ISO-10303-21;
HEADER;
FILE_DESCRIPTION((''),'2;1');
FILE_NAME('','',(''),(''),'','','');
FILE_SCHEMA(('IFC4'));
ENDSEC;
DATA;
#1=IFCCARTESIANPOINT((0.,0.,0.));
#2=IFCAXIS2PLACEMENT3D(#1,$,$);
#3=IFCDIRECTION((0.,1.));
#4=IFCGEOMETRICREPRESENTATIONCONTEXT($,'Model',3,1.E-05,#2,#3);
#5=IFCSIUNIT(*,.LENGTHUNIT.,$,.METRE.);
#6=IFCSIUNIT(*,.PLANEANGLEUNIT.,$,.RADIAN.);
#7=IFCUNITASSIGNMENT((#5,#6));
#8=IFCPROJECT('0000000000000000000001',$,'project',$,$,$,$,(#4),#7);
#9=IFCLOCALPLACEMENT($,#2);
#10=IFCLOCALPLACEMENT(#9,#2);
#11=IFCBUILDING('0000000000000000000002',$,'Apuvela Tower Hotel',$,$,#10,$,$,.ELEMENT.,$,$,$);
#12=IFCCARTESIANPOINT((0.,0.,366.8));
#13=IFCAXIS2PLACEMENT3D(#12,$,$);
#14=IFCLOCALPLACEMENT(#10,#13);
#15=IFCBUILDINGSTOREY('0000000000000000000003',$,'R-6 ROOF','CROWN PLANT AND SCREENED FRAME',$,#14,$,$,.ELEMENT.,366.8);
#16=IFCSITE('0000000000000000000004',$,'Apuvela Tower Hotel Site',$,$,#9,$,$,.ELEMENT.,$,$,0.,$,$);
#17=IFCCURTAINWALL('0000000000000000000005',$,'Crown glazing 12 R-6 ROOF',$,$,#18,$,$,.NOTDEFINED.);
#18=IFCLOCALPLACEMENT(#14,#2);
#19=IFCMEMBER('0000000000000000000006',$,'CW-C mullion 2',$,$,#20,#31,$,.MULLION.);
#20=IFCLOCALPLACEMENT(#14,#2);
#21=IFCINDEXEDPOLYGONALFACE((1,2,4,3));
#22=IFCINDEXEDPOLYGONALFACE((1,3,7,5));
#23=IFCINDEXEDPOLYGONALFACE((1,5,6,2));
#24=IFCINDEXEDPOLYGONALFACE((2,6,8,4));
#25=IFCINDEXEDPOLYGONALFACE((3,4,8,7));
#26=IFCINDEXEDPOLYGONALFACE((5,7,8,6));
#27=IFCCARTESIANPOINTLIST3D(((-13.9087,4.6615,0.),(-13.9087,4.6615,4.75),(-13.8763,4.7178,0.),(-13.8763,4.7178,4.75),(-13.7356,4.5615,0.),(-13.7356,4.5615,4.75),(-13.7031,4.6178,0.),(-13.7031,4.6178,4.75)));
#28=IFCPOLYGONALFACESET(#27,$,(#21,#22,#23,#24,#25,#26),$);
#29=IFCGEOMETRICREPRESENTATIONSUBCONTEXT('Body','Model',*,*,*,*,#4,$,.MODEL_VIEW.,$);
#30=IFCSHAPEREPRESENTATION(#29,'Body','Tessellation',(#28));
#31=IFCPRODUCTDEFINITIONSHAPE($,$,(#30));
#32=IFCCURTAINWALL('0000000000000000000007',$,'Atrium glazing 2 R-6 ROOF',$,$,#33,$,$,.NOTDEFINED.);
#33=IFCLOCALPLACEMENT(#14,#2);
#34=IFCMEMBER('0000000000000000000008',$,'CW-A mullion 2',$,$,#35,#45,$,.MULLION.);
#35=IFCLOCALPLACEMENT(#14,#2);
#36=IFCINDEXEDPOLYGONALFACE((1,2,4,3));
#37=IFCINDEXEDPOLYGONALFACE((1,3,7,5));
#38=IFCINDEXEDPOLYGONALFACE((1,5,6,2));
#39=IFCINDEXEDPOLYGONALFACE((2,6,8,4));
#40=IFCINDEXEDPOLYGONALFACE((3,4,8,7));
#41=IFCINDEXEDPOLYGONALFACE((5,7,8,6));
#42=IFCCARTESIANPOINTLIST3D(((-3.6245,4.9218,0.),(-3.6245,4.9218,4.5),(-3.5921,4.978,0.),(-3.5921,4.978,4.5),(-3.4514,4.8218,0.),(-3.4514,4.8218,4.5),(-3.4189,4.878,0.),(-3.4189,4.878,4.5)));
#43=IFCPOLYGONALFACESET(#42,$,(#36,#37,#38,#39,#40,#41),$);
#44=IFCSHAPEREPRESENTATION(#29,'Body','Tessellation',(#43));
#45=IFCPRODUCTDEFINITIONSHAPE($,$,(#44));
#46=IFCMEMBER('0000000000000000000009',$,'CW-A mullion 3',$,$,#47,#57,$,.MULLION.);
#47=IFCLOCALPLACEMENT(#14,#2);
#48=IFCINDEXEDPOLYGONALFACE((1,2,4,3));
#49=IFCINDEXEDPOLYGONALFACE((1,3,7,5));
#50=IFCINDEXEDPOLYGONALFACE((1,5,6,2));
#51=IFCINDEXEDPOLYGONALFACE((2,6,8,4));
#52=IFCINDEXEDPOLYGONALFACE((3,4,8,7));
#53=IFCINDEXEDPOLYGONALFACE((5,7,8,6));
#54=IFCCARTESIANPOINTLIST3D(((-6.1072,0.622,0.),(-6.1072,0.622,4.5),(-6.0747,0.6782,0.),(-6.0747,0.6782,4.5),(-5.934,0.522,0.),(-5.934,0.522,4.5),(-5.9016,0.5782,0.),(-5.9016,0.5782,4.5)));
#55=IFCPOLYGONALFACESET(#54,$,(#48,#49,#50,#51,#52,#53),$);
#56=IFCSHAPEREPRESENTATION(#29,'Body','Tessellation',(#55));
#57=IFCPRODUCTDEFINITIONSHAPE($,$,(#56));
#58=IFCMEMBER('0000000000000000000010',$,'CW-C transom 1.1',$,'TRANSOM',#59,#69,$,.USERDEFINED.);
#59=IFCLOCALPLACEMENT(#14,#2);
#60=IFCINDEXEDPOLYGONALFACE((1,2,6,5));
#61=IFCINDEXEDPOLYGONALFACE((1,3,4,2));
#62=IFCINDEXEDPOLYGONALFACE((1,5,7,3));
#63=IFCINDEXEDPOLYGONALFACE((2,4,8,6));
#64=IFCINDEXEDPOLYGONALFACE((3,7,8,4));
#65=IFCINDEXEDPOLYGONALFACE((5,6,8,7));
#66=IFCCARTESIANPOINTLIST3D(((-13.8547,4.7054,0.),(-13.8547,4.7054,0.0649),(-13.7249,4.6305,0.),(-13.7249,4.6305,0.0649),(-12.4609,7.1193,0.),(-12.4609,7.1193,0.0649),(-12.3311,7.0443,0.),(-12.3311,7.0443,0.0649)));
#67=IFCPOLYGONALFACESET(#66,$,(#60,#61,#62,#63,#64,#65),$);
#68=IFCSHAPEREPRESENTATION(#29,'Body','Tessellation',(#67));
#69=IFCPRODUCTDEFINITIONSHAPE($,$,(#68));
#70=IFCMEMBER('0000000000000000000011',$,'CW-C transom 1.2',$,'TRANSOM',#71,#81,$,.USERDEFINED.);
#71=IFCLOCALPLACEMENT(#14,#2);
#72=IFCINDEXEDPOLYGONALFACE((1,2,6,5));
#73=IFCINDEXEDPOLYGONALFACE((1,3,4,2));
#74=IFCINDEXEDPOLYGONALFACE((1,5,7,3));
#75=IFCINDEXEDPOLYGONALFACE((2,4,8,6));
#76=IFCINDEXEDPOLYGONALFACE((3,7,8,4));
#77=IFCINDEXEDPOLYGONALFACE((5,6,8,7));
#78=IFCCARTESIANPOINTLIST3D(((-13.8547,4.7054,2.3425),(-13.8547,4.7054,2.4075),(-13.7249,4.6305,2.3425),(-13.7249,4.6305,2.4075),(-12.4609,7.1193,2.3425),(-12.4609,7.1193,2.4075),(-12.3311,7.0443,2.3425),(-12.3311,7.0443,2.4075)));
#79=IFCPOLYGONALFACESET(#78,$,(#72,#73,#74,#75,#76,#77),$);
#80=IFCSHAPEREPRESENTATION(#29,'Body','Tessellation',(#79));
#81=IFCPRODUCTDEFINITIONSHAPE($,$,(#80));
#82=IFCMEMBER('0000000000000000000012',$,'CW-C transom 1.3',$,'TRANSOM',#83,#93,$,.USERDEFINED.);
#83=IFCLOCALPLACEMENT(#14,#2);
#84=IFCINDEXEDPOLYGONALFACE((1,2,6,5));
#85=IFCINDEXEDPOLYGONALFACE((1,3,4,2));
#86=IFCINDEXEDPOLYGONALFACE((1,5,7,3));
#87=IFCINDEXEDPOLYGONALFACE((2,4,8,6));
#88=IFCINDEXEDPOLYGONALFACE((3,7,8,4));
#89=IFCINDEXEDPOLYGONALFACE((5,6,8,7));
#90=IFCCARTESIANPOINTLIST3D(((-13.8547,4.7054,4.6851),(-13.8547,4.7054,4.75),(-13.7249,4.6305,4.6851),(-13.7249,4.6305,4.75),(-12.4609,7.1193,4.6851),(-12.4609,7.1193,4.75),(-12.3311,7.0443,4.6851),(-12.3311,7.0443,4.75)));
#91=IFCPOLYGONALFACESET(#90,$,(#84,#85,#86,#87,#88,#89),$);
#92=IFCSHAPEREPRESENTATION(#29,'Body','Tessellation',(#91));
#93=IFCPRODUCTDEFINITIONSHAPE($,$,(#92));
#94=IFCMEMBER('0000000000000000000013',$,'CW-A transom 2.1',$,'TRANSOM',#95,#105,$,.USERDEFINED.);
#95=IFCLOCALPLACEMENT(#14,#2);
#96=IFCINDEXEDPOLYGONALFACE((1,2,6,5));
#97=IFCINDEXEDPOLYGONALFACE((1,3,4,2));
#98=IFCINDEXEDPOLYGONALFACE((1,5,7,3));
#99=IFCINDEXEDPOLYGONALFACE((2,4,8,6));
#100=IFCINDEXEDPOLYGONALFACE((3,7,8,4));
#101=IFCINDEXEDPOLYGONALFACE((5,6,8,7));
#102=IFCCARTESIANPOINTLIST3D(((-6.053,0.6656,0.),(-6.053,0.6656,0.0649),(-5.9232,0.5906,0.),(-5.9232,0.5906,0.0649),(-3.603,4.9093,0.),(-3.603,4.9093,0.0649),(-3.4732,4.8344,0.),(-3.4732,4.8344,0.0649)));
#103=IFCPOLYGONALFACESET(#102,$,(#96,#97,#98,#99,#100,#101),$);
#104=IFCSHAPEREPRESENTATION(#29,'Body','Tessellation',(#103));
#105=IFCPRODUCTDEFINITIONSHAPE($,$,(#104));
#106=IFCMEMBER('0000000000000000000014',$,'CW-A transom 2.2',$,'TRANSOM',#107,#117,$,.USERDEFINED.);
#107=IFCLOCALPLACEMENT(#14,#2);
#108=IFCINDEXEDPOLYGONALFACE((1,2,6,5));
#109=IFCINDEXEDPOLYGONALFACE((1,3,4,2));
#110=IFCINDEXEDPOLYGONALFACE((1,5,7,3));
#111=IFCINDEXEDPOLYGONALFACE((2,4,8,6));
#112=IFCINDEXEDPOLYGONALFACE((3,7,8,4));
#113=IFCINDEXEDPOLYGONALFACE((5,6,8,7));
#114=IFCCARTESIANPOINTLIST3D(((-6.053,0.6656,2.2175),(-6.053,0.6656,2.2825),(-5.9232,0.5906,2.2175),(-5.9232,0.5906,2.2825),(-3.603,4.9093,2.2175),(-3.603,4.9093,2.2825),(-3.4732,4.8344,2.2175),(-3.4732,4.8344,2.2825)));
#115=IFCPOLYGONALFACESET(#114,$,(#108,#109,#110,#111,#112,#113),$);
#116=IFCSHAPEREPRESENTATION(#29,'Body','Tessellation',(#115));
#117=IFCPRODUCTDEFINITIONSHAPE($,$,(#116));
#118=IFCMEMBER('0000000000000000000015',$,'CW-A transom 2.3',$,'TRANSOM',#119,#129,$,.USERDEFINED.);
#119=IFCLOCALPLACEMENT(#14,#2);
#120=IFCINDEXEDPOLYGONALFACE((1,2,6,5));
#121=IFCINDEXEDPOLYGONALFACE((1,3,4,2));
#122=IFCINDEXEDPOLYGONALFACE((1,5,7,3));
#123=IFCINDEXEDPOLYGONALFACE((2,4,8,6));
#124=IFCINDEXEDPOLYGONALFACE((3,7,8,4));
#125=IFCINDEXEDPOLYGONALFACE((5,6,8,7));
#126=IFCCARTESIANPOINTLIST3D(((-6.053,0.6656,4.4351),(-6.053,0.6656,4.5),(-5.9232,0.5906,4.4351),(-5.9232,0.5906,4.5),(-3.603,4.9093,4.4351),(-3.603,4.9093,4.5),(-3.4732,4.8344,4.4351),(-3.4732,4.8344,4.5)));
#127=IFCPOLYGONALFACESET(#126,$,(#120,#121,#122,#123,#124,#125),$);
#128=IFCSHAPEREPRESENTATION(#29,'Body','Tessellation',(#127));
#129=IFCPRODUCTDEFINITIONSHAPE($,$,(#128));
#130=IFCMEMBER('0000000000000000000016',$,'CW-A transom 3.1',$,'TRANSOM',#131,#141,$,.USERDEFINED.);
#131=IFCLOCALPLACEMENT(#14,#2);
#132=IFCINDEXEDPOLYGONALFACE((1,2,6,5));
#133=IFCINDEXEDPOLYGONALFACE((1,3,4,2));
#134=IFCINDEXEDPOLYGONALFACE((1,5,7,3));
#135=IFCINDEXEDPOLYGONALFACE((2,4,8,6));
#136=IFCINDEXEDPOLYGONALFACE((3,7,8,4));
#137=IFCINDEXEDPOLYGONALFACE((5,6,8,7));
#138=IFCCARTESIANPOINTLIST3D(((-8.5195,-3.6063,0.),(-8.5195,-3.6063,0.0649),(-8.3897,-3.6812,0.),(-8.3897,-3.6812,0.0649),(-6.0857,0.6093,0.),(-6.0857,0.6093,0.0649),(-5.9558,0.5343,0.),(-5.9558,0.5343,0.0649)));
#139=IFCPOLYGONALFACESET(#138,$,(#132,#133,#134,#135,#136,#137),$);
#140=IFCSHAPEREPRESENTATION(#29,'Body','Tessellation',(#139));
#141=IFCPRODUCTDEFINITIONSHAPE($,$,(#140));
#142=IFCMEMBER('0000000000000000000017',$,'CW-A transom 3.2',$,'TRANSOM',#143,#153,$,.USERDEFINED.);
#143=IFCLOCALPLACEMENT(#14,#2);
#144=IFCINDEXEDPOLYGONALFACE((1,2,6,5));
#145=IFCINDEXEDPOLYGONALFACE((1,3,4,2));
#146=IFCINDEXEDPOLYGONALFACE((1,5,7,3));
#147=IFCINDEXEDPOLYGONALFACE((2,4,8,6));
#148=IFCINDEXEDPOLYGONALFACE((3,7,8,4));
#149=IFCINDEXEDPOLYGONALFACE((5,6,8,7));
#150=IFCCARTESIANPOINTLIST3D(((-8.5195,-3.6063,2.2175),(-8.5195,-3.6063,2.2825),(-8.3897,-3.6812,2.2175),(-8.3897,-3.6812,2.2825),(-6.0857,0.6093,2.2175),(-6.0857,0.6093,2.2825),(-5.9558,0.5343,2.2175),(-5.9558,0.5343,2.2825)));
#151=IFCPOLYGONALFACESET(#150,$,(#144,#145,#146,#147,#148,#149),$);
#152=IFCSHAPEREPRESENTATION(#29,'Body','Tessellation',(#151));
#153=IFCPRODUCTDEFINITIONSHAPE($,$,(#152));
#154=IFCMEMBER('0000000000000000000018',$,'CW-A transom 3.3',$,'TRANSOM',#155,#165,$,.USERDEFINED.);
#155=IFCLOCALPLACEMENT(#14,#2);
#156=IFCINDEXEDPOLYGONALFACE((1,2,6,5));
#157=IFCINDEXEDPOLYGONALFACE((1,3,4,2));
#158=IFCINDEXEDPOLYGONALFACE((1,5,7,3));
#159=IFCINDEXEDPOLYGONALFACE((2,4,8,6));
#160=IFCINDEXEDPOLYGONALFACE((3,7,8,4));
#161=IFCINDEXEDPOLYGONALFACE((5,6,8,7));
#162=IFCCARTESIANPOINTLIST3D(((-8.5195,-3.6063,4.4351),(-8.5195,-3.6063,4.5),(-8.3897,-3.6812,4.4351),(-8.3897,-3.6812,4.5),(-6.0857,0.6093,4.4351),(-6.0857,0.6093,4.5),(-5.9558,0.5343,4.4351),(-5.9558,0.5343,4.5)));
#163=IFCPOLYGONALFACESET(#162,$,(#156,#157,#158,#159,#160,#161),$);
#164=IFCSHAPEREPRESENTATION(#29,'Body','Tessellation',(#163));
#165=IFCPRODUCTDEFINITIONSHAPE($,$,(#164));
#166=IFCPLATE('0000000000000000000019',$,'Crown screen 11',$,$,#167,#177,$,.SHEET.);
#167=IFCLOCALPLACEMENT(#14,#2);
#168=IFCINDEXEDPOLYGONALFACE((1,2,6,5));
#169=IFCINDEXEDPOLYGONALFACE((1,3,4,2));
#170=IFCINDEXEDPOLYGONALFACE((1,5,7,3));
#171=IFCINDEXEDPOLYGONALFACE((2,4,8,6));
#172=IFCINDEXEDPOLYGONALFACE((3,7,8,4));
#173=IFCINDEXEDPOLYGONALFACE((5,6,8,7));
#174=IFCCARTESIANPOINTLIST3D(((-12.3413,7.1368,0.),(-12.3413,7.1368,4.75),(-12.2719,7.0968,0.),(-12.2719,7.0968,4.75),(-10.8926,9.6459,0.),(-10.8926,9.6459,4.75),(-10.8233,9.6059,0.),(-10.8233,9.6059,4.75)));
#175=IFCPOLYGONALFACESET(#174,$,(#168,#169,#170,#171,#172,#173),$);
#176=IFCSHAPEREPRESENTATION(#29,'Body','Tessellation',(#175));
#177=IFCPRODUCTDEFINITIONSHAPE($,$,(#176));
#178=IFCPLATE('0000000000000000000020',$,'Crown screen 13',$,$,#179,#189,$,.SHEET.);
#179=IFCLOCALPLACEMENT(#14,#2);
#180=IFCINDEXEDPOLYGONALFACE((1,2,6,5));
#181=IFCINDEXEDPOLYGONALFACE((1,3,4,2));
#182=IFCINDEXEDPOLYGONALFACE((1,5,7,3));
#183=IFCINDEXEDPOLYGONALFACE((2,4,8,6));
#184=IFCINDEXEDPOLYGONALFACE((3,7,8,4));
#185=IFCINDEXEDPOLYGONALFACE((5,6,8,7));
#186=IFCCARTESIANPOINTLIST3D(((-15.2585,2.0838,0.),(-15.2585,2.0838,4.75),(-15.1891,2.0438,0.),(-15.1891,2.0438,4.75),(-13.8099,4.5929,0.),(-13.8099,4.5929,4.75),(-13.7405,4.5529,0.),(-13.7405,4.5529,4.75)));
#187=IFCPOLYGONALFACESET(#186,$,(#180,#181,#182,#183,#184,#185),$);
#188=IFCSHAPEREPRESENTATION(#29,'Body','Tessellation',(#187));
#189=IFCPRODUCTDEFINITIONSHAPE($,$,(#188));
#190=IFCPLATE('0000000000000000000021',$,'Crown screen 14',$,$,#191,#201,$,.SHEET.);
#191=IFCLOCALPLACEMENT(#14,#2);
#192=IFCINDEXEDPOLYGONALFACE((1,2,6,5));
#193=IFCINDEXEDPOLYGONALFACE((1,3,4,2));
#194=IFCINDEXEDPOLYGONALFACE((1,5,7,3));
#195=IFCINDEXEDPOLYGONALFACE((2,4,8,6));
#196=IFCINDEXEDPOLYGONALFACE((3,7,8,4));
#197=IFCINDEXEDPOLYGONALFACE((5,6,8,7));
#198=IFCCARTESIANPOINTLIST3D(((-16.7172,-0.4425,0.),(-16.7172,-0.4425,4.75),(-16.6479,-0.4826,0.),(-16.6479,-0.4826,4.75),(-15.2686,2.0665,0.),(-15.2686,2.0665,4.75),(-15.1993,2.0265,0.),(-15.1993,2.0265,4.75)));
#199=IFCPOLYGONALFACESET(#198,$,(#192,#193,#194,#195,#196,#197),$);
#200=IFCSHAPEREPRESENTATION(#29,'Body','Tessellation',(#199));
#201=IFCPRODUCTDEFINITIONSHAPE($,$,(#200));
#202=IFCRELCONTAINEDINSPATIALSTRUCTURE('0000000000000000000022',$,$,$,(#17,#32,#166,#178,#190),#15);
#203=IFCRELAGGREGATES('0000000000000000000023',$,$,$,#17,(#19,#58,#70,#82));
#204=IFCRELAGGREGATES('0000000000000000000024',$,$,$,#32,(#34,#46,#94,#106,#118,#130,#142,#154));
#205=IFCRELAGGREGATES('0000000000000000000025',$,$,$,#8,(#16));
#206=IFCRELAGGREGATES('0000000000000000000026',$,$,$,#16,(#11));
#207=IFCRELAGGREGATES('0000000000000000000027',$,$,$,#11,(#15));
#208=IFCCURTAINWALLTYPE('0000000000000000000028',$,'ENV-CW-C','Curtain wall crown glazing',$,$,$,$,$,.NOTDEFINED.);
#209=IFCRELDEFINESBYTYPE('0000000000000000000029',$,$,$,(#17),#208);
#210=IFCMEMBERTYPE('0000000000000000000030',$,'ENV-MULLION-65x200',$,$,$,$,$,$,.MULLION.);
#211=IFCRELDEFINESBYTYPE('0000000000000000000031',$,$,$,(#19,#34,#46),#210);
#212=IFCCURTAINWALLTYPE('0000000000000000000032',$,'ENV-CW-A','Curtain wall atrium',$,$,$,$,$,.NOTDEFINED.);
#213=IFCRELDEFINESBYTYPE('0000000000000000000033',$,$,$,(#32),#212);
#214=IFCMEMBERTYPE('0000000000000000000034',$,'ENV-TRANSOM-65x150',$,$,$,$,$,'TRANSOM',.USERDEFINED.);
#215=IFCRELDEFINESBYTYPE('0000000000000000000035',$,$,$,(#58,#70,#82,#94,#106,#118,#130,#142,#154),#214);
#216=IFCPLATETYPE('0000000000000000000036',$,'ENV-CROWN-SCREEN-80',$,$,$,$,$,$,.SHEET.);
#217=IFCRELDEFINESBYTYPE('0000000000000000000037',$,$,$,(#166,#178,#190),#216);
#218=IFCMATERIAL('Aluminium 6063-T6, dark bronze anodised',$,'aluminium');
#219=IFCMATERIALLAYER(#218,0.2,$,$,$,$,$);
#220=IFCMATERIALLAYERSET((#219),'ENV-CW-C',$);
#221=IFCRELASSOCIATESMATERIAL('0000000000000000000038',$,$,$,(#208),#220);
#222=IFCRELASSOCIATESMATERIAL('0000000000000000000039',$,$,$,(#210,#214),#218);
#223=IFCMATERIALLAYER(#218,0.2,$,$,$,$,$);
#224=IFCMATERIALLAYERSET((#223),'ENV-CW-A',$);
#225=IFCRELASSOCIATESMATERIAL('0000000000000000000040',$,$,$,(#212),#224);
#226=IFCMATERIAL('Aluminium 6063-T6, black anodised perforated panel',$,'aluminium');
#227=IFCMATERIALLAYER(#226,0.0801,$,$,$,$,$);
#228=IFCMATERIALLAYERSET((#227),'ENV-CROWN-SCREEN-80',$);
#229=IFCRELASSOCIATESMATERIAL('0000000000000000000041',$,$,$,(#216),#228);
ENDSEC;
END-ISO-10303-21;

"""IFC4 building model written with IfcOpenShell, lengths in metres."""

from ifc_helpers import new_model, si_unit, direction, frame, origin, origin_2d, place, context, subcontext, project, spatial, rectangle, extrude, material, layer, layer_set, material_profile, profile_set, type_object, element, aggregate, save


model = new_model("IFC4")

# Units and contexts
model_context = context("Model", 3, precision=1e-05, world=origin(), true_north=direction((0.0, 1.0)))
body_context = subcontext(model_context, "Body", "Model", "MODEL_VIEW")
ifc_project = project(units=[si_unit("LENGTHUNIT", "METRE"), si_unit("PLANEANGLEUNIT", "RADIAN")], contexts=[model_context])

# Site, building, storey
site_placement = place(None, origin())
site = spatial("IfcSite", under=ifc_project, at=site_placement, Name="Apuvela Tower Hotel Site", CompositionType="ELEMENT", RefElevation=0.0)
building_placement = place(site_placement, origin())
building = spatial("IfcBuilding", under=site, at=building_placement, Name="Apuvela Tower Hotel", CompositionType="ELEMENT")
storey_placement = place(building_placement, frame((0.0, 0.0, 366.8)))
storey = spatial("IfcBuildingStorey", under=building, at=storey_placement, Name="R-6 ROOF", Description="CROWN PLANT AND SCREENED FRAME", CompositionType="ELEMENT", Elevation=366.8)

# Curtain walls, members
ifc_material_1 = material(Name="Aluminium 6063-T6, dark bronze anodised", Category="aluminium")
ifc_layer_1 = layer(ifc_material_1, 0.2)
ifc_layer_set_1 = layer_set([ifc_layer_1], Name="ENV-CW-C")
curtain_wall_type_1 = type_object("IfcCurtainWallType", Name="ENV-CW-C", Description="Curtain wall crown glazing", PredefinedType="NOTDEFINED", material=ifc_layer_set_1)
curtain_wall_1_placement = place(storey_placement, origin())
curtain_wall_1 = element("IfcCurtainWall", 1, at=curtain_wall_1_placement, inside=storey, type_object=curtain_wall_type_1, Name="Crown glazing 12 R-6 ROOF", PredefinedType="NOTDEFINED")
ifc_material_profile_1 = material_profile(ifc_material_1, rectangle(XDim=0.2, YDim=0.0649, at=origin_2d()), Name="AL 65x200")
ifc_profile_set_1 = profile_set([ifc_material_profile_1], Name="Aluminium 6063-T6, dark bronze anodised")
member_type_1 = type_object("IfcMemberType", Name="ENV-MULLION-65x200", PredefinedType="MULLION", material=ifc_profile_set_1)
member_1_placement = place(storey_placement, frame((-13.8059, 4.6396, 0.0), z_axis=(0.0, 0.0, 1.0), x_axis=(0.866037, -0.499981, 0.0)))
member_1 = element("IfcMember", 2, at=member_1_placement, type_object=member_type_1, Name="CW-C mullion 2", PredefinedType="MULLION", context=body_context, shape_type="SweptSolid", body=[
    extrude(rectangle(XDim=0.2, YDim=0.0649, at=origin_2d()), origin(), (0.0, 0.0, 1.0), 4.75),
])
ifc_layer_2 = layer(ifc_material_1, 0.2)
ifc_layer_set_2 = layer_set([ifc_layer_2], Name="ENV-CW-A")
curtain_wall_type_2 = type_object("IfcCurtainWallType", Name="ENV-CW-A", Description="Curtain wall atrium", PredefinedType="NOTDEFINED", material=ifc_layer_set_2)
curtain_wall_2_placement = place(storey_placement, origin())
curtain_wall_2 = element("IfcCurtainWall", 3, at=curtain_wall_2_placement, inside=storey, type_object=curtain_wall_type_2, Name="Atrium glazing 2 R-6 ROOF", PredefinedType="NOTDEFINED")
member_2_placement = place(storey_placement, frame((-3.5217, 4.8999, 0.0), z_axis=(0.0, 0.0, 1.0), x_axis=(0.866026, -0.499999, 0.0)))
member_2 = element("IfcMember", 4, at=member_2_placement, type_object=member_type_1, Name="CW-A mullion 2", PredefinedType="MULLION", context=body_context, shape_type="SweptSolid", body=[
    extrude(rectangle(XDim=0.2, YDim=0.0649, at=origin_2d()), origin(), (0.0, 0.0, 1.0), 4.5),
])
member_3_placement = place(storey_placement, frame((-6.0044, 0.6001, 0.0), z_axis=(0.0, 0.0, 1.0), x_axis=(0.866026, -0.499999, 0.0)))
member_3 = element("IfcMember", 5, at=member_3_placement, type_object=member_type_1, Name="CW-A mullion 3", PredefinedType="MULLION", context=body_context, shape_type="SweptSolid", body=[
    extrude(rectangle(XDim=0.2, YDim=0.0649, at=origin_2d()), origin(), (0.0, 0.0, 1.0), 4.5),
])

# Members
ifc_material_profile_2 = material_profile(ifc_material_1, rectangle(XDim=0.1499, YDim=0.0649, at=origin_2d()), Name="AL 65x150 transom")
ifc_profile_set_2 = profile_set([ifc_material_profile_2], Name="Aluminium 6063-T6, dark bronze anodised")
member_type_2 = type_object("IfcMemberType", Name="ENV-TRANSOM-65x150", ElementType="TRANSOM", PredefinedType="USERDEFINED", material=ifc_profile_set_2)
member_4_placement = place(storey_placement, frame((-12.396, 7.0818, 0.0325), z_axis=(-0.500048, -0.865997, 0.0), x_axis=(0.865997, -0.500048, 0.0)))
member_4 = element("IfcMember", 6, at=member_4_placement, type_object=member_type_2, Name="CW-C transom 1.1", ObjectType="TRANSOM", PredefinedType="USERDEFINED", context=body_context, shape_type="SweptSolid", body=[
    extrude(rectangle(XDim=0.1499, YDim=0.0649, at=origin_2d()), origin(), (0.0, 0.0, 1.0), 2.7874),
])
member_5_placement = place(storey_placement, frame((-12.396, 7.0818, 2.375), z_axis=(-0.500048, -0.865997, 0.0), x_axis=(0.865997, -0.500048, 0.0)))
member_5 = element("IfcMember", 7, at=member_5_placement, type_object=member_type_2, Name="CW-C transom 1.2", ObjectType="TRANSOM", PredefinedType="USERDEFINED", context=body_context, shape_type="SweptSolid", body=[
    extrude(rectangle(XDim=0.1499, YDim=0.0649, at=origin_2d()), origin(), (0.0, 0.0, 1.0), 2.7874),
])
member_6_placement = place(storey_placement, frame((-12.396, 7.0818, 4.7175), z_axis=(-0.500048, -0.865997, 0.0), x_axis=(0.865997, -0.500048, 0.0)))
member_6 = element("IfcMember", 8, at=member_6_placement, type_object=member_type_2, Name="CW-C transom 1.3", ObjectType="TRANSOM", PredefinedType="USERDEFINED", context=body_context, shape_type="SweptSolid", body=[
    extrude(rectangle(XDim=0.1499, YDim=0.0649, at=origin_2d()), origin(), (0.0, 0.0, 1.0), 2.7874),
])
member_7_placement = place(storey_placement, frame((-3.5381, 4.8718, 0.0325), z_axis=(-0.499981, -0.866036, 0.0), x_axis=(0.866036, -0.499981, 0.0)))
member_7 = element("IfcMember", 9, at=member_7_placement, type_object=member_type_2, Name="CW-A transom 2.1", ObjectType="TRANSOM", PredefinedType="USERDEFINED", context=body_context, shape_type="SweptSolid", body=[
    extrude(rectangle(XDim=0.1499, YDim=0.0649, at=origin_2d()), origin(), (0.0, 0.0, 1.0), 4.9001),
])
member_8_placement = place(storey_placement, frame((-3.5381, 4.8718, 2.25), z_axis=(-0.499981, -0.866036, 0.0), x_axis=(0.866036, -0.499981, 0.0)))
member_8 = element("IfcMember", 10, at=member_8_placement, type_object=member_type_2, Name="CW-A transom 2.2", ObjectType="TRANSOM", PredefinedType="USERDEFINED", context=body_context, shape_type="SweptSolid", body=[
    extrude(rectangle(XDim=0.1499, YDim=0.0649, at=origin_2d()), origin(), (0.0, 0.0, 1.0), 4.9001),
])
member_9_placement = place(storey_placement, frame((-3.5381, 4.8718, 4.4675), z_axis=(-0.499981, -0.866036, 0.0), x_axis=(0.866036, -0.499981, 0.0)))
member_9 = element("IfcMember", 11, at=member_9_placement, type_object=member_type_2, Name="CW-A transom 2.3", ObjectType="TRANSOM", PredefinedType="USERDEFINED", context=body_context, shape_type="SweptSolid", body=[
    extrude(rectangle(XDim=0.1499, YDim=0.0649, at=origin_2d()), origin(), (0.0, 0.0, 1.0), 4.9001),
])
member_10_placement = place(storey_placement, frame((-6.0208, 0.5718, 0.0325), z_axis=(-0.499996, -0.866028, 0.0), x_axis=(0.866028, -0.499996, 0.0)))
member_10 = element("IfcMember", 12, at=member_10_placement, type_object=member_type_2, Name="CW-A transom 3.1", ObjectType="TRANSOM", PredefinedType="USERDEFINED", context=body_context, shape_type="SweptSolid", body=[
    extrude(rectangle(XDim=0.1499, YDim=0.0649, at=origin_2d()), origin(), (0.0, 0.0, 1.0), 4.8677),
])
member_11_placement = place(storey_placement, frame((-6.0208, 0.5718, 2.25), z_axis=(-0.499996, -0.866028, 0.0), x_axis=(0.866028, -0.499996, 0.0)))
member_11 = element("IfcMember", 13, at=member_11_placement, type_object=member_type_2, Name="CW-A transom 3.2", ObjectType="TRANSOM", PredefinedType="USERDEFINED", context=body_context, shape_type="SweptSolid", body=[
    extrude(rectangle(XDim=0.1499, YDim=0.0649, at=origin_2d()), origin(), (0.0, 0.0, 1.0), 4.8677),
])
member_12_placement = place(storey_placement, frame((-6.0208, 0.5718, 4.4675), z_axis=(-0.499996, -0.866028, 0.0), x_axis=(0.866028, -0.499996, 0.0)))
member_12 = element("IfcMember", 14, at=member_12_placement, type_object=member_type_2, Name="CW-A transom 3.3", ObjectType="TRANSOM", PredefinedType="USERDEFINED", context=body_context, shape_type="SweptSolid", body=[
    extrude(rectangle(XDim=0.1499, YDim=0.0649, at=origin_2d()), origin(), (0.0, 0.0, 1.0), 4.8677),
])

# Plates
ifc_material_2 = material(Name="Aluminium 6063-T6, black anodised perforated panel", Category="aluminium")
ifc_layer_3 = layer(ifc_material_2, 0.0801)
ifc_layer_set_3 = layer_set([ifc_layer_3], Name="ENV-CROWN-SCREEN-80")
plate_type_1 = type_object("IfcPlateType", Name="ENV-CROWN-SCREEN-80", PredefinedType="SHEET", material=ifc_layer_set_3)
for number, where, z_axis, x_axis, name in (
    (15, (-11.5823, 8.3713, 0.0), (0.0, 0.0, 1.0), (-0.5, -0.866025, 0.0), "Crown screen 11"),
    (16, (-14.4995, 3.3184, 0.0), (0.0, 0.0, 1.0), (-0.5, -0.866025, 0.0), "Crown screen 13"),
    (17, (-15.9583, 0.792, 0.0), (0.0, 0.0, 1.0), (-0.5, -0.866025, 0.0), "Crown screen 14"),
):
    element("IfcPlate", number, at=place(storey_placement, frame(where, z_axis=z_axis, x_axis=x_axis)), inside=storey, type_object=plate_type_1, Name=name, PredefinedType="SHEET", context=body_context, shape_type="SweptSolid", body=[
        extrude(rectangle(XDim=2.8972, YDim=0.0801, at=origin_2d()), origin(), (0.0, 0.0, 1.0), 4.75),
    ])

aggregate(curtain_wall_1, [member_1, member_4, member_5, member_6])
aggregate(curtain_wall_2, [member_2, member_3, member_7, member_8, member_9, member_10, member_11, member_12])

save(model, "model.ifc")
